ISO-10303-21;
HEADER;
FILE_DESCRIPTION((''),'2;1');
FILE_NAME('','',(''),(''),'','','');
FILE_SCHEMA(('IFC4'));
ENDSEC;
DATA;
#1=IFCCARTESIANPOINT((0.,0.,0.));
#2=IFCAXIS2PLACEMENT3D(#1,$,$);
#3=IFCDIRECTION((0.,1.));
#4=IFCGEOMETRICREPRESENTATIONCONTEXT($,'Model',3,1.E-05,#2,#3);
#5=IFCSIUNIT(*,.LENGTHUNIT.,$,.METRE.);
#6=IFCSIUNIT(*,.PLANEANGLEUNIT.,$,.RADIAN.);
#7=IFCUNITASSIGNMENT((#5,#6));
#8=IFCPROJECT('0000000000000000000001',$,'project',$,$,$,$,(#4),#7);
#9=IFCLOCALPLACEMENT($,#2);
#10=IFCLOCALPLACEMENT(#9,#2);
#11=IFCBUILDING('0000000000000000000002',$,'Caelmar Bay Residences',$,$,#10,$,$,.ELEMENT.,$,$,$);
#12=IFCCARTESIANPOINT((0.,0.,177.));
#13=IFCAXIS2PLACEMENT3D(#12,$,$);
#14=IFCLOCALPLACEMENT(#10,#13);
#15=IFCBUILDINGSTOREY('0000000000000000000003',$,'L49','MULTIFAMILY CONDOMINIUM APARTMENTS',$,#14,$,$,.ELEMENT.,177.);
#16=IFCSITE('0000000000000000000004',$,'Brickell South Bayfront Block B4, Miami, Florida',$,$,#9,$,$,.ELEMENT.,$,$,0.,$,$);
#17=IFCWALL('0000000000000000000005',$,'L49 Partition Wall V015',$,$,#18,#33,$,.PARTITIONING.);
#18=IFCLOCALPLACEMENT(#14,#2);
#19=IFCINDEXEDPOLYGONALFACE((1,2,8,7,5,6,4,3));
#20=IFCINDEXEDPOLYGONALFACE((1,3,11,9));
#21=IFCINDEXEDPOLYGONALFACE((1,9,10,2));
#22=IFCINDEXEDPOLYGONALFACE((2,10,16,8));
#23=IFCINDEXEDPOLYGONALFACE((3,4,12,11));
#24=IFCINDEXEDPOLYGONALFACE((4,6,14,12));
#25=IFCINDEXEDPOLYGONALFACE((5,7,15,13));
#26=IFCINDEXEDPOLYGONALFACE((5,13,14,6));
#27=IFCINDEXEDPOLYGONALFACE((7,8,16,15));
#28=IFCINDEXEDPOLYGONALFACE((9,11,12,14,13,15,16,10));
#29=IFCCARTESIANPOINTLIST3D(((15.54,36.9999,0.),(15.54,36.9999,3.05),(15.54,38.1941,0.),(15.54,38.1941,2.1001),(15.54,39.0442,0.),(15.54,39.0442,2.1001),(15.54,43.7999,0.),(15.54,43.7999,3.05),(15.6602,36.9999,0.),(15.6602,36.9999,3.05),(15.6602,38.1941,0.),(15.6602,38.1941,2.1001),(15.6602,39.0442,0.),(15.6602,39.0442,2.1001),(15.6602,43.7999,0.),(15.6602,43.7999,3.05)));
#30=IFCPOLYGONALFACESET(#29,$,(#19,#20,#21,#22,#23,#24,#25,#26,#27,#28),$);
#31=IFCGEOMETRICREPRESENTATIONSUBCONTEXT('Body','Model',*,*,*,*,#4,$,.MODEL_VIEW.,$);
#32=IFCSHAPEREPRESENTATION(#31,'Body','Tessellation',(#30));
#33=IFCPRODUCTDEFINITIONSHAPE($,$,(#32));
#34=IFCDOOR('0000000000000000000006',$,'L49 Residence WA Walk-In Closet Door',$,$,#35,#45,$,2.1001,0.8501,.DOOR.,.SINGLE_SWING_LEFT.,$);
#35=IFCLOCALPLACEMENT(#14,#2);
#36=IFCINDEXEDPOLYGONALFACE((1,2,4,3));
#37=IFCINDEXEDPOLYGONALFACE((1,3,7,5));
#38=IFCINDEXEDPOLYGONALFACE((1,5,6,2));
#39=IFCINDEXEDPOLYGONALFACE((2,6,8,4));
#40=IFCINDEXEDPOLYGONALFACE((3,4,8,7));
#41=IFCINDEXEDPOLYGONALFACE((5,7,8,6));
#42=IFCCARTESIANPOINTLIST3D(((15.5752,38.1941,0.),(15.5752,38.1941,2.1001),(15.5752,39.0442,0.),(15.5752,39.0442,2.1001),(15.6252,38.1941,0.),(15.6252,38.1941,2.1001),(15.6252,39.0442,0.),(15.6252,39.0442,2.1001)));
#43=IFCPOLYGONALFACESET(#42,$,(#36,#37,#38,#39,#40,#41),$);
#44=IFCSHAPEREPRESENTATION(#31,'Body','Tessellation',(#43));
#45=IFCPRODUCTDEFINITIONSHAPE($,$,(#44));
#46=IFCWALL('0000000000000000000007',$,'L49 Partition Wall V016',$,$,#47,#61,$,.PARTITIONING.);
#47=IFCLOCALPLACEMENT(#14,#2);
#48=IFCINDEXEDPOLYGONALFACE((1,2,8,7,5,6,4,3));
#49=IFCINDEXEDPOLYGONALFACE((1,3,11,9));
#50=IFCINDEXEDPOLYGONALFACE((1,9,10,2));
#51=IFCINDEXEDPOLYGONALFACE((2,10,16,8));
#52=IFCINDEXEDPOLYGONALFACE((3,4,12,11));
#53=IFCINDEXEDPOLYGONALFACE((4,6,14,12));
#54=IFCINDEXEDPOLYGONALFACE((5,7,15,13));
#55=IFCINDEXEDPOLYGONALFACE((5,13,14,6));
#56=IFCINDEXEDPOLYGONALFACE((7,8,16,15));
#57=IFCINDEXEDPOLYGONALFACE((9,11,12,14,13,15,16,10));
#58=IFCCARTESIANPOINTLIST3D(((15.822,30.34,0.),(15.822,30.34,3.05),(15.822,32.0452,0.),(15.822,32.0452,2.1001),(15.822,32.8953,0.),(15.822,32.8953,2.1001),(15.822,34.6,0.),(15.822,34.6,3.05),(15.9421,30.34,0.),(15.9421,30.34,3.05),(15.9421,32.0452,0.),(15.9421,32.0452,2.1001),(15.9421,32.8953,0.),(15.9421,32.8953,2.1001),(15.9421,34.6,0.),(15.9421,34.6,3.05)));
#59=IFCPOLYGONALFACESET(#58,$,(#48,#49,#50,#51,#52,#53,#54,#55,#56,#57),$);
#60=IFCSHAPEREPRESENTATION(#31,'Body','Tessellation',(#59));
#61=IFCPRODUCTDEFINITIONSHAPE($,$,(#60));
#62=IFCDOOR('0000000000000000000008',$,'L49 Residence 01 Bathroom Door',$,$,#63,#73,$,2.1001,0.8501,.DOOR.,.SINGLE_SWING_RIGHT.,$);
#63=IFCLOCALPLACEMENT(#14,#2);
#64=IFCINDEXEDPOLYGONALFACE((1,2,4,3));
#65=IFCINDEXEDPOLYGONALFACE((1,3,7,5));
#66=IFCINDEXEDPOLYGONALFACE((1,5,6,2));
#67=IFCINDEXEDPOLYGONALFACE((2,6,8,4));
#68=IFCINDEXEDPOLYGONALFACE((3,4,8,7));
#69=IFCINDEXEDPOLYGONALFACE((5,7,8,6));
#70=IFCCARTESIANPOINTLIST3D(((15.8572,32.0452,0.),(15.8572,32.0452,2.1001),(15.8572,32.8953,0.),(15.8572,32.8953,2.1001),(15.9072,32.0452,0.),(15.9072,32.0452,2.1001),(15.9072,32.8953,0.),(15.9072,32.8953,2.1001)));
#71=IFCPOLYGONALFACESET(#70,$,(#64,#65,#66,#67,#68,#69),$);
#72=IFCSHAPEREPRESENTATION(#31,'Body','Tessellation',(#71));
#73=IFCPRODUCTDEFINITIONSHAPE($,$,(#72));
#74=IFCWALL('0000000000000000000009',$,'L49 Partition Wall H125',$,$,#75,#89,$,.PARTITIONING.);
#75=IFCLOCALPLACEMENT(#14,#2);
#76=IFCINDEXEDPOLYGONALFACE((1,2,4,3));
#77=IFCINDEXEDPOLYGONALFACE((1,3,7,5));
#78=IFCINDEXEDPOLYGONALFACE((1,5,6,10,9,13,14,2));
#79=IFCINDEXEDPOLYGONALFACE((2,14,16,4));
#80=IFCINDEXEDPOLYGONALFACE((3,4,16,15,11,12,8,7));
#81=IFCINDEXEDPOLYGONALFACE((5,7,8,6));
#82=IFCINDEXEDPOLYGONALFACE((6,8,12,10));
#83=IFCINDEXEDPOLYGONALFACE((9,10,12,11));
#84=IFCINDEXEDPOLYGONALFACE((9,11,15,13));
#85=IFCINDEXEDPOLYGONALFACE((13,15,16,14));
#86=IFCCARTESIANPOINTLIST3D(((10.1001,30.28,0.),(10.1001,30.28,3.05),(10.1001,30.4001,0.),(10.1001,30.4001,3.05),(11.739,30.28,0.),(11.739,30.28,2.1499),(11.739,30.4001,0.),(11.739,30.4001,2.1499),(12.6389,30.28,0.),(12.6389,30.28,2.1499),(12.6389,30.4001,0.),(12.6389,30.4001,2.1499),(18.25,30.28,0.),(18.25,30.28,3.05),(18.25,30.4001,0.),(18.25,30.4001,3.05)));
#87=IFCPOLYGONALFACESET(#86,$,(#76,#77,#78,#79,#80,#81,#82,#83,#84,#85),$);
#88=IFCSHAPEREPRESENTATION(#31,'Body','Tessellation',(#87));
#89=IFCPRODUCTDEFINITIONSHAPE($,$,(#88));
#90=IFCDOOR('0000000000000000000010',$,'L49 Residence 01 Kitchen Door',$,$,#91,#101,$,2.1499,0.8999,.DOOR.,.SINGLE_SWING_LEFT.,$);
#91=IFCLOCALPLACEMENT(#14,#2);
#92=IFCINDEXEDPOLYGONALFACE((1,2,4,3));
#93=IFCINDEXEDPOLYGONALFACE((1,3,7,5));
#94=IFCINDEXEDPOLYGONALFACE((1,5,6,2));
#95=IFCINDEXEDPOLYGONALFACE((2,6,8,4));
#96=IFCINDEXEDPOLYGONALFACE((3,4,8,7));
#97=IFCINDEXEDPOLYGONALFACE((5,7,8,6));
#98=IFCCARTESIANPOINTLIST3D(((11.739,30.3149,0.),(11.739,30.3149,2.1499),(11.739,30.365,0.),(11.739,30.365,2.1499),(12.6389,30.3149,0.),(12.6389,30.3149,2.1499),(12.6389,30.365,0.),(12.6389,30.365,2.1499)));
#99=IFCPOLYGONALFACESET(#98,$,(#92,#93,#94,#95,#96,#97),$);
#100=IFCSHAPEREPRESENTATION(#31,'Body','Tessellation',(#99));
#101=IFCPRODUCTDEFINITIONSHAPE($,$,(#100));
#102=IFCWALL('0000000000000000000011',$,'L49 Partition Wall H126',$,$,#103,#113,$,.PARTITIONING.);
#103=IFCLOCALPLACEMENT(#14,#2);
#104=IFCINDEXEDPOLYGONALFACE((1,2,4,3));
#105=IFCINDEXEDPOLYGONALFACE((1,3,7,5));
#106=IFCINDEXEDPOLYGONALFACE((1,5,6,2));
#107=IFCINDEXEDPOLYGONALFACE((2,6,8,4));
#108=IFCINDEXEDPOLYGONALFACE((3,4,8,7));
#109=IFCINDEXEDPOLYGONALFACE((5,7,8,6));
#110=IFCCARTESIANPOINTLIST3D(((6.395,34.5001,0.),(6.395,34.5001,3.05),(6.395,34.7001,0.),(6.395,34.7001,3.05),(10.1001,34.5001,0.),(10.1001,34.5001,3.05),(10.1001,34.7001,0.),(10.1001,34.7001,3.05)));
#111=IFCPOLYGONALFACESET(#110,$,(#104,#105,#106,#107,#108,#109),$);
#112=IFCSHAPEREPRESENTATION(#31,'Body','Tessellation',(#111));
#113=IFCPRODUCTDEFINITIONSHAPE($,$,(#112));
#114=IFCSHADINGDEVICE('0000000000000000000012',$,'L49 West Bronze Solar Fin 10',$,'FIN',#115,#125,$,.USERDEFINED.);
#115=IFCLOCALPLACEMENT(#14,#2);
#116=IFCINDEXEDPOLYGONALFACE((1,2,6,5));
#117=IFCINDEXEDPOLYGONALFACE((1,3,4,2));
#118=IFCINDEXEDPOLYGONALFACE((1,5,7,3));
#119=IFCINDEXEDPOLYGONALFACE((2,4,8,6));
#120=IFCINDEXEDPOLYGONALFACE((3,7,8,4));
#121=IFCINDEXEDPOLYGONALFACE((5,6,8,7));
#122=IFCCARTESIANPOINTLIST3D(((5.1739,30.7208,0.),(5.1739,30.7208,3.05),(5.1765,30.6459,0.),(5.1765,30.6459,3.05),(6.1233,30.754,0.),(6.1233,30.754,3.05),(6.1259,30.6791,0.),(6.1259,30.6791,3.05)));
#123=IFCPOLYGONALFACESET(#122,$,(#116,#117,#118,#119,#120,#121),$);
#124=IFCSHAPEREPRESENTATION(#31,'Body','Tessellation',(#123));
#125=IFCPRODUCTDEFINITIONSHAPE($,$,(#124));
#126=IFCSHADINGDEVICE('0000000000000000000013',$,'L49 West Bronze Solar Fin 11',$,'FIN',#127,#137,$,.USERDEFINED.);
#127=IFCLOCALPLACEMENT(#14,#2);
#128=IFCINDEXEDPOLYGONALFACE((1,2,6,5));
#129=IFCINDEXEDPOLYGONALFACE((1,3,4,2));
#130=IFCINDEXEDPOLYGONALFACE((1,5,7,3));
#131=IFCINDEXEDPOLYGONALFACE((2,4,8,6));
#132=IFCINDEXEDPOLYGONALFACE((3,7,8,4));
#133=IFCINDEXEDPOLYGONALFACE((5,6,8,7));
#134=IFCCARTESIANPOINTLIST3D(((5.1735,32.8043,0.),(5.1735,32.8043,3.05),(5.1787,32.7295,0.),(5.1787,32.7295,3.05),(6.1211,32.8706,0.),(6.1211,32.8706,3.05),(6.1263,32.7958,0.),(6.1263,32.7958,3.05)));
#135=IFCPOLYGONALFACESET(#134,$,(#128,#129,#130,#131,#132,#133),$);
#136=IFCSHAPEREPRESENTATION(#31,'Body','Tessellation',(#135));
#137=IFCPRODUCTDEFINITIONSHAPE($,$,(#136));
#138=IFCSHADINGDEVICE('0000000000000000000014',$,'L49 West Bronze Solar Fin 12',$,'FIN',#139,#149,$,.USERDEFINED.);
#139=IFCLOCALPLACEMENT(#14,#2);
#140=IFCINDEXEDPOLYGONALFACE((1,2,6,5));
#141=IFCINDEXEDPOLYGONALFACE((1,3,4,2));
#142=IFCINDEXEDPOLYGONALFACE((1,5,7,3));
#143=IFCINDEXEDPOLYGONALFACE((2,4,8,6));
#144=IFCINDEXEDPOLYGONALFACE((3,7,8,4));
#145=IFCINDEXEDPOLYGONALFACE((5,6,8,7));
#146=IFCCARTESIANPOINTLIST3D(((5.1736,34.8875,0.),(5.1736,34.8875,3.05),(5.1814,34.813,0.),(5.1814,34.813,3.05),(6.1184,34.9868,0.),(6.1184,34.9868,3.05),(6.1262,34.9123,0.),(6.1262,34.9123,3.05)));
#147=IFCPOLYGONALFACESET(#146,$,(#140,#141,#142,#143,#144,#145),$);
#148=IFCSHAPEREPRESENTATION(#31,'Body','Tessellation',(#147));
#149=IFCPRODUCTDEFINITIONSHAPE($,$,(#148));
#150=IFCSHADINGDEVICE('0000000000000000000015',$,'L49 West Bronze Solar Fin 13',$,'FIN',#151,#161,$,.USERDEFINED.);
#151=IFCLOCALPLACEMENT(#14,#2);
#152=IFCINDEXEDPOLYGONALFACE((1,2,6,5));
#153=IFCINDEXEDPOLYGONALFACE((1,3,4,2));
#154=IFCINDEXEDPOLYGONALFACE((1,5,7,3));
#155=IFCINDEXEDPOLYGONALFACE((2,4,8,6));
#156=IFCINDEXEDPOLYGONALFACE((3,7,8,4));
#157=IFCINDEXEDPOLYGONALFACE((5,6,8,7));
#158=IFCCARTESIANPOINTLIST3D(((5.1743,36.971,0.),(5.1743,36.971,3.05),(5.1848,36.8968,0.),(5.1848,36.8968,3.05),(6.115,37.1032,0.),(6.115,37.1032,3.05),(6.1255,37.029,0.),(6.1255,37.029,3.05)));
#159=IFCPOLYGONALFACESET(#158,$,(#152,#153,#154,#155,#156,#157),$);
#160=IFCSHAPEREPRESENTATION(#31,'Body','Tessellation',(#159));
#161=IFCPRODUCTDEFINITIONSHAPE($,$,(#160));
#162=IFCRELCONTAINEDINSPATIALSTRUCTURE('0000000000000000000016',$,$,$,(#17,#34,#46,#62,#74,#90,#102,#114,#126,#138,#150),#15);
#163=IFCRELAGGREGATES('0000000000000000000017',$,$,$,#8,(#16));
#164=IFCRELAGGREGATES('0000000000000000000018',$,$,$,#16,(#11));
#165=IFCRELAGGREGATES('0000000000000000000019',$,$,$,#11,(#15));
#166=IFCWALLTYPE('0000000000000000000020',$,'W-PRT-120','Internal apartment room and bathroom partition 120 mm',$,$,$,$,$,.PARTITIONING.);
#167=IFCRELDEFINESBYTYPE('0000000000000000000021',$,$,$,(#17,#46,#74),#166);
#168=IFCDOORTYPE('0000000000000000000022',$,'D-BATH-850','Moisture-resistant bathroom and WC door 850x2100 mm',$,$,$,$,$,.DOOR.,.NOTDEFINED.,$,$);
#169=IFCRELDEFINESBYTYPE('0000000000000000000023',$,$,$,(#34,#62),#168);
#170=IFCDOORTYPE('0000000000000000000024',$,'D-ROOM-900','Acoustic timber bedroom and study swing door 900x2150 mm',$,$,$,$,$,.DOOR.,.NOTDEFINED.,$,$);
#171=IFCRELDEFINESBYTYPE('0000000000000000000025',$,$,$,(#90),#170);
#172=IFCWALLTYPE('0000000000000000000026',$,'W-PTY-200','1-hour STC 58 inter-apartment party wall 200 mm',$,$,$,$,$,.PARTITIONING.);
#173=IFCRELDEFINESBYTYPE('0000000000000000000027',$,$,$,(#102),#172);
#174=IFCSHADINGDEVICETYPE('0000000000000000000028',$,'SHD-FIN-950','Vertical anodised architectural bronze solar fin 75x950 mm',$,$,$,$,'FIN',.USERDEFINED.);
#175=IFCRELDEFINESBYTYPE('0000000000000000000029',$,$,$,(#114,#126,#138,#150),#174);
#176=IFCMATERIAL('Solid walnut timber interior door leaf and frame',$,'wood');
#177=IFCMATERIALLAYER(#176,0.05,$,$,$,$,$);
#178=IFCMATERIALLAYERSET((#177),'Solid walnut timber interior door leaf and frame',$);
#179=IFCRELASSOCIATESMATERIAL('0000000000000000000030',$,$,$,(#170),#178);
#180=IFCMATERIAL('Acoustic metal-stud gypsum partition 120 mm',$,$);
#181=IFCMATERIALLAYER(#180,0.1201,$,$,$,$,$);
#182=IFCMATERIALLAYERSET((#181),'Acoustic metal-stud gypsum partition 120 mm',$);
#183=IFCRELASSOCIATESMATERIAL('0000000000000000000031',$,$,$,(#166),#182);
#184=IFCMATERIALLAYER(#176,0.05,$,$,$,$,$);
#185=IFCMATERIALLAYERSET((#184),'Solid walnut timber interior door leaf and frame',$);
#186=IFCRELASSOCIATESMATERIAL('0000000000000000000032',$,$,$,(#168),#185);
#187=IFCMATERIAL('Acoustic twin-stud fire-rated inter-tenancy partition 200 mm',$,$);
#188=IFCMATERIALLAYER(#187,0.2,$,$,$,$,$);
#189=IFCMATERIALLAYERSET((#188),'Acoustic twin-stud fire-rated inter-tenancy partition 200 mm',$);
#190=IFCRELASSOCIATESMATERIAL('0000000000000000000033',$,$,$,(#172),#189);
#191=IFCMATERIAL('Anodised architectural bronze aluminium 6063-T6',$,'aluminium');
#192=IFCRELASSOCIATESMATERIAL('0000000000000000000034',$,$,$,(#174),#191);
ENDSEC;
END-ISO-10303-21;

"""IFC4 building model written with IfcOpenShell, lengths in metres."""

from ifc_helpers import new_model, si_unit, direction, frame, frame_2d, origin, origin_2d, place, context, subcontext, project, spatial, rectangle, extrude, material, layer, layer_set, material_profile, profile_set, type_object, element, fill, save


model = new_model("IFC4")

# Units and contexts
model_context = context("Model", 3, precision=1e-05, world=origin(), true_north=direction((0.0, 1.0)))
body_context = subcontext(model_context, "Body", "Model", "MODEL_VIEW")
ifc_project = project(units=[si_unit("LENGTHUNIT", "METRE"), si_unit("PLANEANGLEUNIT", "RADIAN")], contexts=[model_context])

# Site, building, storey
site_placement = place(None, origin())
site = spatial("IfcSite", under=ifc_project, at=site_placement, Name="Brickell South Bayfront Block B4, Miami, Florida", CompositionType="ELEMENT", RefElevation=0.0)
building_placement = place(site_placement, origin())
building = spatial("IfcBuilding", under=site, at=building_placement, Name="Caelmar Bay Residences", CompositionType="ELEMENT")
storey_placement = place(building_placement, frame((0.0, 0.0, 177.0)))
storey = spatial("IfcBuildingStorey", under=building, at=storey_placement, Name="L49", Description="MULTIFAMILY CONDOMINIUM APARTMENTS", CompositionType="ELEMENT", Elevation=177.0)

# Walls, openings, doors
ifc_material_1 = material(Name="Solid walnut timber interior door leaf and frame", Category="wood")
ifc_layer_1 = layer(ifc_material_1, 0.05)
ifc_layer_set_1 = layer_set([ifc_layer_1], Name="Solid walnut timber interior door leaf and frame")
door_type_1 = type_object("IfcDoorType", Name="D-ROOM-900", Description="Acoustic timber bedroom and study swing door 900x2150 mm", OperationType="NOTDEFINED", PredefinedType="DOOR", material=ifc_layer_set_1)
ifc_material_2 = material(Name="Acoustic metal-stud gypsum partition 120 mm")
ifc_layer_2 = layer(ifc_material_2, 0.1201)
ifc_layer_set_2 = layer_set([ifc_layer_2], Name="Acoustic metal-stud gypsum partition 120 mm")
wall_type_1 = type_object("IfcWallType", Name="W-PRT-120", Description="Internal apartment room and bathroom partition 120 mm", PredefinedType="PARTITIONING", material=ifc_layer_set_2)
wall_1_placement = place(storey_placement, frame((15.6001, 37.0, 0.0), z_axis=(0.0, 0.0, 1.0), x_axis=(0.0, 1.0, 0.0)))
wall_1 = element("IfcWall", 1, at=wall_1_placement, inside=storey, type_object=wall_type_1, Name="L49 Partition Wall V015", PredefinedType="PARTITIONING", context=body_context, shape_type="SweptSolid", body=[
    extrude(rectangle(XDim=6.8, YDim=0.1201, at=frame_2d((3.3999, 0.0))), origin(), (0.0, 0.0, 1.0), 3.05),
])
opening_1_placement = place(wall_1_placement, frame((1.1941, 0.0, 0.0)))
opening_1 = element("IfcOpeningElement", 2, at=opening_1_placement, cuts=wall_1, PredefinedType="OPENING", context=body_context, shape_type="SweptSolid", body=[
    extrude(rectangle(XDim=0.8501, YDim=2.1001, at=frame_2d((0.425, 1.05))), frame((0.0, 0.0701, 0.0), z_axis=(0.0, -1.0, 0.0), x_axis=(1.0, 0.0, 0.0)), (0.0, 0.0, 1.0), 0.1401),
])
ifc_layer_3 = layer(ifc_material_1, 0.05)
ifc_layer_set_3 = layer_set([ifc_layer_3], Name="Solid walnut timber interior door leaf and frame")
door_type_2 = type_object("IfcDoorType", Name="D-BATH-850", Description="Moisture-resistant bathroom and WC door 850x2100 mm", OperationType="NOTDEFINED", PredefinedType="DOOR", material=ifc_layer_set_3)
door_1_placement = place(opening_1_placement, origin())
door_1 = element("IfcDoor", 3, at=door_1_placement, inside=storey, type_object=door_type_2, Name="L49 Residence WA Walk-In Closet Door", OperationType="SINGLE_SWING_LEFT", OverallHeight=2.1001, OverallWidth=0.8501, PredefinedType="DOOR", context=body_context, shape_type="SweptSolid", body=[
    extrude(rectangle(XDim=0.8501, YDim=2.1001, at=frame_2d((0.425, 1.05))), frame((0.0, 0.0249, 0.0), z_axis=(0.0, -1.0, 0.0), x_axis=(1.0, 0.0, 0.0)), (0.0, 0.0, 1.0), 0.05),
])
fill(opening_1, door_1)
wall_2_placement = place(storey_placement, frame((15.8821, 30.3401, 0.0), z_axis=(0.0, 0.0, 1.0), x_axis=(0.0, 1.0, 0.0)))
wall_2 = element("IfcWall", 4, at=wall_2_placement, inside=storey, type_object=wall_type_1, Name="L49 Partition Wall V016", PredefinedType="PARTITIONING", context=body_context, shape_type="SweptSolid", body=[
    extrude(rectangle(XDim=4.26, YDim=0.1201, at=frame_2d((2.1299, 0.0))), origin(), (0.0, 0.0, 1.0), 3.05),
])
opening_2_placement = place(wall_2_placement, frame((1.7051, 0.0, 0.0)))
opening_2 = element("IfcOpeningElement", 5, at=opening_2_placement, cuts=wall_2, PredefinedType="OPENING", context=body_context, shape_type="SweptSolid", body=[
    extrude(rectangle(XDim=0.8501, YDim=2.1001, at=frame_2d((0.425, 1.05))), frame((0.0, 0.0701, 0.0), z_axis=(0.0, -1.0, 0.0), x_axis=(1.0, 0.0, 0.0)), (0.0, 0.0, 1.0), 0.1401),
])
door_2_placement = place(opening_2_placement, origin())
door_2 = element("IfcDoor", 6, at=door_2_placement, inside=storey, type_object=door_type_2, Name="L49 Residence 01 Bathroom Door", OperationType="SINGLE_SWING_RIGHT", OverallHeight=2.1001, OverallWidth=0.8501, PredefinedType="DOOR", context=body_context, shape_type="SweptSolid", body=[
    extrude(rectangle(XDim=0.8501, YDim=2.1001, at=frame_2d((0.425, 1.05))), frame((0.0, 0.0249, 0.0), z_axis=(0.0, -1.0, 0.0), x_axis=(1.0, 0.0, 0.0)), (0.0, 0.0, 1.0), 0.05),
])
fill(opening_2, door_2)
wall_3_placement = place(storey_placement, frame((10.1001, 30.3401, 0.0), z_axis=(0.0, 0.0, 1.0), x_axis=(1.0, 0.0, 0.0)))
wall_3 = element("IfcWall", 7, at=wall_3_placement, inside=storey, type_object=wall_type_1, Name="L49 Partition Wall H125", PredefinedType="PARTITIONING", context=body_context, shape_type="SweptSolid", body=[
    extrude(rectangle(XDim=8.1499, YDim=0.1201, at=frame_2d((4.075, 0.0))), origin(), (0.0, 0.0, 1.0), 3.05),
])
opening_3_placement = place(wall_3_placement, frame((1.6389, 0.0, 0.0)))
opening_3 = element("IfcOpeningElement", 8, at=opening_3_placement, cuts=wall_3, PredefinedType="OPENING", context=body_context, shape_type="SweptSolid", body=[
    extrude(rectangle(XDim=0.8999, YDim=2.1499, at=frame_2d((0.45, 1.075))), frame((0.0, 0.0701, 0.0), z_axis=(0.0, -1.0, 0.0), x_axis=(1.0, 0.0, 0.0)), (0.0, 0.0, 1.0), 0.1401),
])
door_3_placement = place(opening_3_placement, origin())
door_3 = element("IfcDoor", 9, at=door_3_placement, inside=storey, type_object=door_type_1, Name="L49 Residence 01 Kitchen Door", OperationType="SINGLE_SWING_LEFT", OverallHeight=2.1499, OverallWidth=0.8999, PredefinedType="DOOR", context=body_context, shape_type="SweptSolid", body=[
    extrude(rectangle(XDim=0.8999, YDim=2.1499, at=frame_2d((0.45, 1.075))), frame((0.0, 0.0249, 0.0), z_axis=(0.0, -1.0, 0.0), x_axis=(1.0, 0.0, 0.0)), (0.0, 0.0, 1.0), 0.05),
])
fill(opening_3, door_3)

# Wall
ifc_material_3 = material(Name="Acoustic twin-stud fire-rated inter-tenancy partition 200 mm")
ifc_layer_4 = layer(ifc_material_3, 0.2)
ifc_layer_set_4 = layer_set([ifc_layer_4], Name="Acoustic twin-stud fire-rated inter-tenancy partition 200 mm")
wall_type_2 = type_object("IfcWallType", Name="W-PTY-200", Description="1-hour STC 58 inter-apartment party wall 200 mm", PredefinedType="PARTITIONING", material=ifc_layer_set_4)
wall_4_placement = place(storey_placement, frame((6.395, 34.6001, 0.0), z_axis=(0.0, 0.0, 1.0), x_axis=(1.0, 0.0, 0.0)))
element("IfcWall", 10, at=wall_4_placement, inside=storey, type_object=wall_type_2, Name="L49 Partition Wall H126", PredefinedType="PARTITIONING", context=body_context, shape_type="SweptSolid", body=[
    extrude(rectangle(XDim=3.7051, YDim=0.2, at=frame_2d((1.8525, 0.0))), origin(), (0.0, 0.0, 1.0), 3.05),
])

# Shading devices
ifc_material_4 = material(Name="Anodised architectural bronze aluminium 6063-T6", Category="aluminium")
ifc_material_profile = material_profile(ifc_material_4, rectangle(XDim=0.075, YDim=0.95, at=origin_2d()), Name="BRONZE-FIN-75X950")
ifc_profile_set = profile_set([ifc_material_profile], Name="Anodised architectural bronze aluminium 6063-T6")
shading_device_type = type_object("IfcShadingDeviceType", Name="SHD-FIN-950", Description="Vertical anodised architectural bronze solar fin 75x950 mm", ElementType="FIN", PredefinedType="USERDEFINED", material=ifc_profile_set)
for number, where, z_axis, x_axis, name in (
    (11, (5.6499, 30.7, 0.0), (0.0, 0.0, 1.0), (-0.034899, 0.999391, 0.0), "L49 West Bronze Solar Fin 10"),
    (12, (5.6499, 32.8, 0.0), (0.0, 0.0, 1.0), (-0.069756, 0.997564, 0.0), "L49 West Bronze Solar Fin 11"),
    (13, (5.6499, 34.8999, 0.0), (0.0, 0.0, 1.0), (-0.104528, 0.994522, 0.0), "L49 West Bronze Solar Fin 12"),
    (14, (5.6499, 37.0, 0.0), (0.0, 0.0, 1.0), (-0.139173, 0.990268, 0.0), "L49 West Bronze Solar Fin 13"),
):
    element("IfcShadingDevice", number, at=place(storey_placement, frame(where, z_axis=z_axis, x_axis=x_axis)), inside=storey, type_object=shading_device_type, Name=name, ObjectType="FIN", PredefinedType="USERDEFINED", context=body_context, shape_type="SweptSolid", body=[
        extrude(rectangle(XDim=0.075, YDim=0.95, at=origin_2d()), origin(), (0.0, 0.0, 1.0), 3.05),
    ])

save(model, "model.ifc")
